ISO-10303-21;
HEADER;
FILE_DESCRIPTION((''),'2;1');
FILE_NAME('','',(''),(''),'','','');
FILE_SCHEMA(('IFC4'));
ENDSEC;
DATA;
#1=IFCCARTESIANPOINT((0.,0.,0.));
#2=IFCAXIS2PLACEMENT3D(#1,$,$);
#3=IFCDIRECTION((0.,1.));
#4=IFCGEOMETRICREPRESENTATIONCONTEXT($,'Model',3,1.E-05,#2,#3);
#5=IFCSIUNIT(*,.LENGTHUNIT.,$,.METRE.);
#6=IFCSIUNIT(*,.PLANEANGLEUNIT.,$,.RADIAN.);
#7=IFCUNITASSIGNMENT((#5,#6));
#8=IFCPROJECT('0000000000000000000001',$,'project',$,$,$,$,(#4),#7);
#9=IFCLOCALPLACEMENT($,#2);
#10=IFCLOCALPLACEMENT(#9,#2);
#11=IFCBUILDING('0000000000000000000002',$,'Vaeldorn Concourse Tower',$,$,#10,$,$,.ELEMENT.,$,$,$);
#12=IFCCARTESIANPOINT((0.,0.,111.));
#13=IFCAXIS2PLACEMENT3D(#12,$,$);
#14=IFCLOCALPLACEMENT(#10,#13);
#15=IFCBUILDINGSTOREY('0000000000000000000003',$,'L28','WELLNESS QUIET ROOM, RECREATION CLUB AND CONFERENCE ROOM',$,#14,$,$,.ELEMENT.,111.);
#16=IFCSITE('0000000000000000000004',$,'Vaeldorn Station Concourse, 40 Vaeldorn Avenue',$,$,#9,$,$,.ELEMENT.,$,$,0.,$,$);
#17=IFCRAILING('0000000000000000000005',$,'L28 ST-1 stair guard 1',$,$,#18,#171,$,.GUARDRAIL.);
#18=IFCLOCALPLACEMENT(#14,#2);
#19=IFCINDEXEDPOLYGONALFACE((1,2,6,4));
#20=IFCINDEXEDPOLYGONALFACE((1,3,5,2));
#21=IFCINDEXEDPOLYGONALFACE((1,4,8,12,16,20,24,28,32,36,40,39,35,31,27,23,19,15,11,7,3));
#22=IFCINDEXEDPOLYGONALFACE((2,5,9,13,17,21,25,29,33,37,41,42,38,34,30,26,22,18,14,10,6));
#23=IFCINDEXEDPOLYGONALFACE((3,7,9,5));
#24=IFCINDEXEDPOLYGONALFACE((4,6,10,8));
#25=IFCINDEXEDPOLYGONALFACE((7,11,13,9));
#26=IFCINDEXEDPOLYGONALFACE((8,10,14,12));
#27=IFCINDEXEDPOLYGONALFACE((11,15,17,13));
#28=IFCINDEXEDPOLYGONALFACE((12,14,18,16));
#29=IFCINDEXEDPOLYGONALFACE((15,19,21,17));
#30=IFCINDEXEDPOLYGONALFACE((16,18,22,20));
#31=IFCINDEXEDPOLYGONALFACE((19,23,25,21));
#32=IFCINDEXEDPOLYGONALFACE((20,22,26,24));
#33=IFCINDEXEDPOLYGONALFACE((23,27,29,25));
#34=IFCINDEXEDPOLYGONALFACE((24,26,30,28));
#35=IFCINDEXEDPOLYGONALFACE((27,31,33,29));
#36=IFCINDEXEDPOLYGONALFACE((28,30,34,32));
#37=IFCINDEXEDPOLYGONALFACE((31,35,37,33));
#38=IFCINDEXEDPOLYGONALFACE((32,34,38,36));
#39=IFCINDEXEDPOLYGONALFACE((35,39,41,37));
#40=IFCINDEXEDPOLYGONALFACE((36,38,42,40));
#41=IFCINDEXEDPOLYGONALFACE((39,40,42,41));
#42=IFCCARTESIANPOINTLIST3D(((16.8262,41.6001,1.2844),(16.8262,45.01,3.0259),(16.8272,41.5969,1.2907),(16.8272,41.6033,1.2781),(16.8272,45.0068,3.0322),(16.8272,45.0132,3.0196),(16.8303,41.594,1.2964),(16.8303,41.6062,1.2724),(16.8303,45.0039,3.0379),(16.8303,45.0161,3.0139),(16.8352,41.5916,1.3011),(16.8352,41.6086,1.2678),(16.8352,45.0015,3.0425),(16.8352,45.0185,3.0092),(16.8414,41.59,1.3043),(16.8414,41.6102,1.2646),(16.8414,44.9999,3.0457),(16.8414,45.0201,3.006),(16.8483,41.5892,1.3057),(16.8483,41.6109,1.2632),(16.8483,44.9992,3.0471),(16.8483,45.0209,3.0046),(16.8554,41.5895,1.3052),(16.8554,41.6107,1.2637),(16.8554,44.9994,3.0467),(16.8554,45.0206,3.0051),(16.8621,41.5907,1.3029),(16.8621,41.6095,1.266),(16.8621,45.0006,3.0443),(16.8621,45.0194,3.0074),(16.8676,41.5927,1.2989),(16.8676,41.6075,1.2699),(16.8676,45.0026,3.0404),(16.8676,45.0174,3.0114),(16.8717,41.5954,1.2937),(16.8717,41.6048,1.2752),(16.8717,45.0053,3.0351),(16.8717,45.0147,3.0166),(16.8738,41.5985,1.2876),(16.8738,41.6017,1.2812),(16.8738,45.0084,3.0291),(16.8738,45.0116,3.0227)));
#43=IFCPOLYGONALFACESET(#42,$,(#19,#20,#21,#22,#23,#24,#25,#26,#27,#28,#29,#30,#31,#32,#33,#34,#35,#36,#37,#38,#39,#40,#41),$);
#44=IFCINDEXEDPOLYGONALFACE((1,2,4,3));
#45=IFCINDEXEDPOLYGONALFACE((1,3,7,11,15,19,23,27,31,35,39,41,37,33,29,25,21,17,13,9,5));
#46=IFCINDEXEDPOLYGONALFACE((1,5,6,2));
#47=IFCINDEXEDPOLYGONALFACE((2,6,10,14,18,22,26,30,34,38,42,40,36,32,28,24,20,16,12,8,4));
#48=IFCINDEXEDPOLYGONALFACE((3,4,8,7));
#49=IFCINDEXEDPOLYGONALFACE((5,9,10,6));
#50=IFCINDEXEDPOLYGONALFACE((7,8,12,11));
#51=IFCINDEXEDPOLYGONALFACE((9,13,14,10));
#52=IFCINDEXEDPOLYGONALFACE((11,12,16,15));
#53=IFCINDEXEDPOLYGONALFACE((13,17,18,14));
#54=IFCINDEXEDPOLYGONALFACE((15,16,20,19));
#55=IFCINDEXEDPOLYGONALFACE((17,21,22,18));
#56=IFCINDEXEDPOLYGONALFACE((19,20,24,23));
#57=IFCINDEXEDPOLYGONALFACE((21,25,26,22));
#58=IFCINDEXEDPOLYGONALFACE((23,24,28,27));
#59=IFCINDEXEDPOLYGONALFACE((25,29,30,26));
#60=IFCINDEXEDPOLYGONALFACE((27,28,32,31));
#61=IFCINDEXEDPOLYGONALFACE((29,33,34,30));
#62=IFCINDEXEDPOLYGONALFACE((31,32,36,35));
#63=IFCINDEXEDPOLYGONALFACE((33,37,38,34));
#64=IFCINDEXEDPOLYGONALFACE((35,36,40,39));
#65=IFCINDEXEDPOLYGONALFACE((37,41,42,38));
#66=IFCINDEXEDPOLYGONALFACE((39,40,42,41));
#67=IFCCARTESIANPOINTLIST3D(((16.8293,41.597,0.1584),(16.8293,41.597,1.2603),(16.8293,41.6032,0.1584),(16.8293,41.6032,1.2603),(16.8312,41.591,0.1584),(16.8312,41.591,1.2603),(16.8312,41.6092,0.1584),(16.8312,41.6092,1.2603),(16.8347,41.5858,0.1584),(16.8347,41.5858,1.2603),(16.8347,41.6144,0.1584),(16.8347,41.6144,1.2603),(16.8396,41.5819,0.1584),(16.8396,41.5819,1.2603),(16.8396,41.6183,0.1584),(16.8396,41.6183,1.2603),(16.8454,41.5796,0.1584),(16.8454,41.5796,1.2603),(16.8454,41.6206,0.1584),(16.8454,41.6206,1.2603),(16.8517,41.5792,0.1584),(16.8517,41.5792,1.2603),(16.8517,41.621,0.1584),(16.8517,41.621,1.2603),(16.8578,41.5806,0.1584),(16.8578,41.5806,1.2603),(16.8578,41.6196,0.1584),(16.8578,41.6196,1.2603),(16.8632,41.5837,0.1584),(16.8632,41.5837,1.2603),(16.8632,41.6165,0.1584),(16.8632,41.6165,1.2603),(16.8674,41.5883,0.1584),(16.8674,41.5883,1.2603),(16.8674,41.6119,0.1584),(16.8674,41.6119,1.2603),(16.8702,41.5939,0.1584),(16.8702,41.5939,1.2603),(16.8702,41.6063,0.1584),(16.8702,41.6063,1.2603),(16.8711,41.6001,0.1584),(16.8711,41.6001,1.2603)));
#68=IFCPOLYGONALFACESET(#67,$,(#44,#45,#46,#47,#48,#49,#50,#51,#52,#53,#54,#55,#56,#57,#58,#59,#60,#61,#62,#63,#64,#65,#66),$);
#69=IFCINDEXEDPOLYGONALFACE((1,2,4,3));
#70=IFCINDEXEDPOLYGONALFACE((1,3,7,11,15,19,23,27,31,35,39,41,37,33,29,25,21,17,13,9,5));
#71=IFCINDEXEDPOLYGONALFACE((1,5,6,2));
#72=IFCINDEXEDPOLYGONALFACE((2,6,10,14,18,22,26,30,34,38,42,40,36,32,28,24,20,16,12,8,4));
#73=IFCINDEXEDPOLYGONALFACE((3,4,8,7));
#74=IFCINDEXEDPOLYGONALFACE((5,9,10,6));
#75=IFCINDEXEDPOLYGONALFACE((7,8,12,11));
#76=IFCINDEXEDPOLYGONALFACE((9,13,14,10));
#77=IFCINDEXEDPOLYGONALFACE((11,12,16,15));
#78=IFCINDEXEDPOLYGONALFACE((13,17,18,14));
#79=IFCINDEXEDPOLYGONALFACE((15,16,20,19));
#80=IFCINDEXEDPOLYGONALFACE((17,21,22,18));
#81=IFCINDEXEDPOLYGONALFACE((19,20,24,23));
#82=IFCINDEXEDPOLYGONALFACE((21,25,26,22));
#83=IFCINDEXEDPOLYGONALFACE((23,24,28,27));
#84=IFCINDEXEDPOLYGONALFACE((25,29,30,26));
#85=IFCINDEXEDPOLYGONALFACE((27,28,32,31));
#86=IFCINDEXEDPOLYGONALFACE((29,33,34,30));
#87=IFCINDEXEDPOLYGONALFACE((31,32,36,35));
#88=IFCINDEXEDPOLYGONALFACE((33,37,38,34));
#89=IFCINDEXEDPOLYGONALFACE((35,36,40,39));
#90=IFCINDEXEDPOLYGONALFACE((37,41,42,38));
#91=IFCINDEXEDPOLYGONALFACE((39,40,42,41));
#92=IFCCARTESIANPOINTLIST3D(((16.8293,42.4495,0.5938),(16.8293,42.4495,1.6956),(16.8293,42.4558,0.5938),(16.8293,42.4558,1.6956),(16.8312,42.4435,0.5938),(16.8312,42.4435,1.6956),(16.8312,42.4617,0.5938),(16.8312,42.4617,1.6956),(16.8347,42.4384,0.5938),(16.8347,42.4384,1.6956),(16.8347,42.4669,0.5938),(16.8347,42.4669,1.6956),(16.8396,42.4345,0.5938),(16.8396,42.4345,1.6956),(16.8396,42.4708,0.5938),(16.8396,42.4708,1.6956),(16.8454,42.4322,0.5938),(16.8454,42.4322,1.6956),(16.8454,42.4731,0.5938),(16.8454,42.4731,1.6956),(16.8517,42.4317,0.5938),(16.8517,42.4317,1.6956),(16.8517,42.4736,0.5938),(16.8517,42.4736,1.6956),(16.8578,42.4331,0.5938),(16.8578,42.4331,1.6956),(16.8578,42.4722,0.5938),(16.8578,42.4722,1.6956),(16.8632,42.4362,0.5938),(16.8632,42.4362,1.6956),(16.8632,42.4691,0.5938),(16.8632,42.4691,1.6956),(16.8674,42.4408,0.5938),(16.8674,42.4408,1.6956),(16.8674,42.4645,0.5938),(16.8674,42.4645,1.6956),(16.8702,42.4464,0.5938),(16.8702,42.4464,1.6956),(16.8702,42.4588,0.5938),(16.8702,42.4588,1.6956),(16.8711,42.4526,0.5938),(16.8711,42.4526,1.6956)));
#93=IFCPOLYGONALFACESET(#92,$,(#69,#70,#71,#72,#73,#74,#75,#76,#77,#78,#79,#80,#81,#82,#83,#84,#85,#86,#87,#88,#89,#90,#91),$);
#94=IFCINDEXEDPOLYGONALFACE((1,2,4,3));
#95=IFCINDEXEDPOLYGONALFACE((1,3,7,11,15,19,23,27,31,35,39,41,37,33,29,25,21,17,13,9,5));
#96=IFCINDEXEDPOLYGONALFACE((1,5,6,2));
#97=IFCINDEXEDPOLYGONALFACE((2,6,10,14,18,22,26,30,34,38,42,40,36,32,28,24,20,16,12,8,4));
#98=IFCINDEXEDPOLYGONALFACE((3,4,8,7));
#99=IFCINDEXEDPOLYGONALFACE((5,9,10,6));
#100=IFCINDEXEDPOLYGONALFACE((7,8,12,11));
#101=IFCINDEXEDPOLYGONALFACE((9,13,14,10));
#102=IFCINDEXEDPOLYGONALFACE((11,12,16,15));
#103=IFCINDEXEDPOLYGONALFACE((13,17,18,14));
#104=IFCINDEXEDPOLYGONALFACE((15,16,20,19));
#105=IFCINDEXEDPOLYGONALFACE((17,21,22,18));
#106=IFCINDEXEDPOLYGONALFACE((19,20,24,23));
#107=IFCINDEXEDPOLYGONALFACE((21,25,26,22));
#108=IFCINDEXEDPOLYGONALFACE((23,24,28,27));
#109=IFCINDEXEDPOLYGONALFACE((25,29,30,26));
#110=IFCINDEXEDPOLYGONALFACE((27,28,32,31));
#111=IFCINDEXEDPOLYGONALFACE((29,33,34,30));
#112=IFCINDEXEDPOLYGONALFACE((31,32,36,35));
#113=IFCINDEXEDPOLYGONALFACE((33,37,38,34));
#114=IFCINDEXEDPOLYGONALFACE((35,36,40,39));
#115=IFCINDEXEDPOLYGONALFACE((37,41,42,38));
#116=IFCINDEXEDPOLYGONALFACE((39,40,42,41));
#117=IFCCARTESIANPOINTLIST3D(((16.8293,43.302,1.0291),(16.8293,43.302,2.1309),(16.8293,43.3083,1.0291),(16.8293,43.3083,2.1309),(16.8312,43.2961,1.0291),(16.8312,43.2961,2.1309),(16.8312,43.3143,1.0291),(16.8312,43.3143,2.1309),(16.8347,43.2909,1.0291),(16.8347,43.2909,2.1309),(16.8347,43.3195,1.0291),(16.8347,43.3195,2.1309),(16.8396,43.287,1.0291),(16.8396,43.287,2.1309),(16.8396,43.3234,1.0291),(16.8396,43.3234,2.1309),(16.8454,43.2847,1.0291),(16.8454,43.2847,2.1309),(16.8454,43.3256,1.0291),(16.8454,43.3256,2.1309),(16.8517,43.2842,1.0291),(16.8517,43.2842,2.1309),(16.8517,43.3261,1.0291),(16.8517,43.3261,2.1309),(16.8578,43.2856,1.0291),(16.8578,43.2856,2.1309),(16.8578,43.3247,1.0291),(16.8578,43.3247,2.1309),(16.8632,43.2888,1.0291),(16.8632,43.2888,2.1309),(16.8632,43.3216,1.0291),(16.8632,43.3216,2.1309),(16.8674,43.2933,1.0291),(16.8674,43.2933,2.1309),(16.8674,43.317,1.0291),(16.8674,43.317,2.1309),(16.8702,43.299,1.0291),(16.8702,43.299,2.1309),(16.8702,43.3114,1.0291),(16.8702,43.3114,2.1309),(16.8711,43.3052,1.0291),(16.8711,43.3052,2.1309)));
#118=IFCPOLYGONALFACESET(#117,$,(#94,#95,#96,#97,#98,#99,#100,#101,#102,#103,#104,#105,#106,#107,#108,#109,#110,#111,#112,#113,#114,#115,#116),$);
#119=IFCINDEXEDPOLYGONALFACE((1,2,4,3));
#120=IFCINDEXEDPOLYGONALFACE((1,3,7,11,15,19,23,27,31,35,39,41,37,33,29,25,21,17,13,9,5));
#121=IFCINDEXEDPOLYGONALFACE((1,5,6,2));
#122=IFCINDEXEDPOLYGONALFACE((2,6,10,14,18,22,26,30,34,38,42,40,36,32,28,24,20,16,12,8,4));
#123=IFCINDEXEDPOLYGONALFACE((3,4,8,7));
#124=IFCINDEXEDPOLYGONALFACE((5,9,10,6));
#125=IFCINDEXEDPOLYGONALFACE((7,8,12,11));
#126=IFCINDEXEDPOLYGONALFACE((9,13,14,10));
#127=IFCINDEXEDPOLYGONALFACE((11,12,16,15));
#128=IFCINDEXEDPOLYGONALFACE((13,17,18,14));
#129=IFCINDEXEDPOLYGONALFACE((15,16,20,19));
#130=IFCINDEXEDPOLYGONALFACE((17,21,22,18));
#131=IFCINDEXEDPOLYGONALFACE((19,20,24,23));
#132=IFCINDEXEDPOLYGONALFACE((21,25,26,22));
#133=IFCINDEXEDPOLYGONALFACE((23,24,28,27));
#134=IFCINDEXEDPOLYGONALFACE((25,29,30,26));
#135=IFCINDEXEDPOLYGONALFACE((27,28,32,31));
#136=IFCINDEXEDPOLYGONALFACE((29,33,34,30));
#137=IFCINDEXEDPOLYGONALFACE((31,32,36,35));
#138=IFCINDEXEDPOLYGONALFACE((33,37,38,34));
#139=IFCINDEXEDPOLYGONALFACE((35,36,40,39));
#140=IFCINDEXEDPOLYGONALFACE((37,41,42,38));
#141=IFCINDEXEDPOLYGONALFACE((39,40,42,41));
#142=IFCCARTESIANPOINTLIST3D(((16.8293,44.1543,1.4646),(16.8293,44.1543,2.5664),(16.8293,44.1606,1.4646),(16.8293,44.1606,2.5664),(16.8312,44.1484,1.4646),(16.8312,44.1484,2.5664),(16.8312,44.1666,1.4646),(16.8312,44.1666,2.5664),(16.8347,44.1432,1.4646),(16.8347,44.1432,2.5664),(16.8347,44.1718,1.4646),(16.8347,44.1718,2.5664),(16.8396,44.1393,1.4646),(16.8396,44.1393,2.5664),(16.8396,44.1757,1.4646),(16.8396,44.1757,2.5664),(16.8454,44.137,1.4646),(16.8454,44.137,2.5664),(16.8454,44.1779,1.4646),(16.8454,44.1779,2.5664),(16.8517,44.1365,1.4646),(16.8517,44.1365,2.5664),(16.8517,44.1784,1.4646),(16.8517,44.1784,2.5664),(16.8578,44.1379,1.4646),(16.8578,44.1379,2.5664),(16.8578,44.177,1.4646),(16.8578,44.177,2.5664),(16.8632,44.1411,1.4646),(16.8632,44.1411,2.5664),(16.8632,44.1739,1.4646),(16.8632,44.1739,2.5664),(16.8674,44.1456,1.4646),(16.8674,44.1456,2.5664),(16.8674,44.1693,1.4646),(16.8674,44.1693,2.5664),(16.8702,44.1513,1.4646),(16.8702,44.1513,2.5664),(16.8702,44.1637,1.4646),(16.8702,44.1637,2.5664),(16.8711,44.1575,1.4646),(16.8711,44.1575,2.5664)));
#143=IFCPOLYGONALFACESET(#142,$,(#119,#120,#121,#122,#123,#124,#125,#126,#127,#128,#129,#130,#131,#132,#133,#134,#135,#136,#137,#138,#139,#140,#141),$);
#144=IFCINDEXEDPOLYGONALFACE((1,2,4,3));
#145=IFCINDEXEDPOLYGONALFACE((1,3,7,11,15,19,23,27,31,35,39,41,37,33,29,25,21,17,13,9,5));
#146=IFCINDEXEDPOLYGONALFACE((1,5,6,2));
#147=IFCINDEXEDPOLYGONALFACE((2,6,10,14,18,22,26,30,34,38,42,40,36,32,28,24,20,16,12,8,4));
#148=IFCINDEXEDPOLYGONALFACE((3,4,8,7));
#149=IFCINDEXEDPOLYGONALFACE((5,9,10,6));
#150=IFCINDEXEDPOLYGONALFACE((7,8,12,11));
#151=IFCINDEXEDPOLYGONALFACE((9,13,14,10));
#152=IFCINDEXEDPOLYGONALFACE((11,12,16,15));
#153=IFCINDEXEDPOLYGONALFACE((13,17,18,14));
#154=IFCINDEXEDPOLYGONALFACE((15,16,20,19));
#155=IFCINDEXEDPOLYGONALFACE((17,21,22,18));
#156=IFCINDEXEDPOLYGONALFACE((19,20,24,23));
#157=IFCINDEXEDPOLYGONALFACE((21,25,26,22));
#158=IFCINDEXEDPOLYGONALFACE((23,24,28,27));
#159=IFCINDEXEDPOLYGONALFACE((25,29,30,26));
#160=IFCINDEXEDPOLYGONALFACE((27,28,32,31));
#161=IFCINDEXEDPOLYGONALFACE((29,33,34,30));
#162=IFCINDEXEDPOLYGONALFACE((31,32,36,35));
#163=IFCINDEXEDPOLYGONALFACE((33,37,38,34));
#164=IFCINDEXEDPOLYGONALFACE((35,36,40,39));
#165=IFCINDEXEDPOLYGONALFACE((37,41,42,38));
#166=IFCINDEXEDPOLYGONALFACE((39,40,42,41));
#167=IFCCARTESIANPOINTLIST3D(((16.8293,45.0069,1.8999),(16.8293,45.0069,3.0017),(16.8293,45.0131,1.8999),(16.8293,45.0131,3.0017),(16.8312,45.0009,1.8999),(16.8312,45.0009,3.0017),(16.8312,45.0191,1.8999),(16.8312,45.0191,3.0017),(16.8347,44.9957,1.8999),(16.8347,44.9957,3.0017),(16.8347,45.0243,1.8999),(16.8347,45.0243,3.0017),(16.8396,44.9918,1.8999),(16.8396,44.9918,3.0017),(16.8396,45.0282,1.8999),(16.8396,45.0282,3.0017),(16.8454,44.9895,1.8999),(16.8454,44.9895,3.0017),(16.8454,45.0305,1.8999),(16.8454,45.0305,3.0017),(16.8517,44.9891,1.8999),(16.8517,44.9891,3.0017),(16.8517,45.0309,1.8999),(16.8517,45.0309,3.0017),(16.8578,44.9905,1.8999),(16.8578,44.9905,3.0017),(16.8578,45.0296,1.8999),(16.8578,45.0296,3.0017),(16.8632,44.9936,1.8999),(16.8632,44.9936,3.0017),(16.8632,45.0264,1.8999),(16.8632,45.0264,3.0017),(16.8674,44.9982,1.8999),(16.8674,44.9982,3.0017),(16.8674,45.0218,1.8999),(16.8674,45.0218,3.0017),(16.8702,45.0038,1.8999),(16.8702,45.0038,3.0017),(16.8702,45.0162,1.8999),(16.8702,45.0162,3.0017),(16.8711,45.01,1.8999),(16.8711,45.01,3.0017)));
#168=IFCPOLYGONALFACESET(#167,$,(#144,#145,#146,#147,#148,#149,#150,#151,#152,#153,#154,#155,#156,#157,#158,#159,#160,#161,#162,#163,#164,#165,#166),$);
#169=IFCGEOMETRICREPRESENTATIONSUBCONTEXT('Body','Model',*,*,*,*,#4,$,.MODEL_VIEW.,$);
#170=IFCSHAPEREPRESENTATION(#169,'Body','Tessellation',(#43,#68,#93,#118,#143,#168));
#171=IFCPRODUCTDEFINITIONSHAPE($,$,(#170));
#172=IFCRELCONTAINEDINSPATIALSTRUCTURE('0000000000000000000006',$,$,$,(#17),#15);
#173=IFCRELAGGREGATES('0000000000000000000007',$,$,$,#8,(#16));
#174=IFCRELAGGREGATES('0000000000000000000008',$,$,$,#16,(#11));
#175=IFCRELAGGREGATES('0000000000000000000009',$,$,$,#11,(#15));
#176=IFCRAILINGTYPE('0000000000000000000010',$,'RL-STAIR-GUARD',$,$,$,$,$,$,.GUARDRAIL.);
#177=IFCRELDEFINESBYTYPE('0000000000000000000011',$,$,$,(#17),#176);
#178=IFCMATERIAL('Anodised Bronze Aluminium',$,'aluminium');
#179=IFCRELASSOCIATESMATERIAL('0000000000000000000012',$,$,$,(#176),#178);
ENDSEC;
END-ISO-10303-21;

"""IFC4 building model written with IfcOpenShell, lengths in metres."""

from ifc_helpers import new_model, si_unit, direction, frame, origin, origin_2d, place, context, subcontext, project, spatial, circle, extrude, material, type_object, element, save


model = new_model("IFC4")

# Units and contexts
model_context = context("Model", 3, precision=1e-05, world=origin(), true_north=direction((0.0, 1.0)))
body_context = subcontext(model_context, "Body", "Model", "MODEL_VIEW")
ifc_project = project(units=[si_unit("LENGTHUNIT", "METRE"), si_unit("PLANEANGLEUNIT", "RADIAN")], contexts=[model_context])

# Site, building, storey
site_placement = place(None, origin())
site = spatial("IfcSite", under=ifc_project, at=site_placement, Name="Vaeldorn Station Concourse, 40 Vaeldorn Avenue", CompositionType="ELEMENT", RefElevation=0.0)
building_placement = place(site_placement, origin())
building = spatial("IfcBuilding", under=site, at=building_placement, Name="Vaeldorn Concourse Tower", CompositionType="ELEMENT")
storey_placement = place(building_placement, frame((0.0, 0.0, 111.0)))
storey = spatial("IfcBuildingStorey", under=building, at=storey_placement, Name="L28", Description="WELLNESS QUIET ROOM, RECREATION CLUB AND CONFERENCE ROOM", CompositionType="ELEMENT", Elevation=111.0)

# Shared definitions
ifc_material_1 = material(Name="Anodised Bronze Aluminium", Category="aluminium")

# Railing
railing_type_1 = type_object("IfcRailingType", Name="RL-STAIR-GUARD", PredefinedType="GUARDRAIL", material=ifc_material_1)
railing_1_placement = place(storey_placement, frame((16.8501, 41.6001, 0.1584)))
element("IfcRailing", 1, at=railing_1_placement, inside=storey, type_object=railing_type_1, Name="L28 ST-1 stair guard 1", PredefinedType="GUARDRAIL", context=body_context, shape_type="SweptSolid", body=[
    extrude(circle(Radius=0.0239, at=origin_2d()), frame((0.0, 0.0, 1.126), z_axis=(0.0, 0.890582, 0.454823), x_axis=(-1.0, 0.0, 0.0)), (0.0, 0.0, 1.0), 3.8289),
    extrude(circle(Radius=0.021, at=origin_2d()), origin(), (0.0, 0.0, 1.0), 1.1018),
    extrude(circle(Radius=0.021, at=origin_2d()), frame((0.0, 0.8525, 0.4353)), (0.0, 0.0, 1.0), 1.1018),
    extrude(circle(Radius=0.021, at=origin_2d()), frame((0.0, 1.7051, 0.8706)), (0.0, 0.0, 1.0), 1.1018),
    extrude(circle(Radius=0.021, at=origin_2d()), frame((0.0, 2.5574, 1.3062)), (0.0, 0.0, 1.0), 1.1018),
    extrude(circle(Radius=0.021, at=origin_2d()), frame((0.0, 3.4099, 1.7415)), (0.0, 0.0, 1.0), 1.1018),
])

save(model, "model.ifc")
